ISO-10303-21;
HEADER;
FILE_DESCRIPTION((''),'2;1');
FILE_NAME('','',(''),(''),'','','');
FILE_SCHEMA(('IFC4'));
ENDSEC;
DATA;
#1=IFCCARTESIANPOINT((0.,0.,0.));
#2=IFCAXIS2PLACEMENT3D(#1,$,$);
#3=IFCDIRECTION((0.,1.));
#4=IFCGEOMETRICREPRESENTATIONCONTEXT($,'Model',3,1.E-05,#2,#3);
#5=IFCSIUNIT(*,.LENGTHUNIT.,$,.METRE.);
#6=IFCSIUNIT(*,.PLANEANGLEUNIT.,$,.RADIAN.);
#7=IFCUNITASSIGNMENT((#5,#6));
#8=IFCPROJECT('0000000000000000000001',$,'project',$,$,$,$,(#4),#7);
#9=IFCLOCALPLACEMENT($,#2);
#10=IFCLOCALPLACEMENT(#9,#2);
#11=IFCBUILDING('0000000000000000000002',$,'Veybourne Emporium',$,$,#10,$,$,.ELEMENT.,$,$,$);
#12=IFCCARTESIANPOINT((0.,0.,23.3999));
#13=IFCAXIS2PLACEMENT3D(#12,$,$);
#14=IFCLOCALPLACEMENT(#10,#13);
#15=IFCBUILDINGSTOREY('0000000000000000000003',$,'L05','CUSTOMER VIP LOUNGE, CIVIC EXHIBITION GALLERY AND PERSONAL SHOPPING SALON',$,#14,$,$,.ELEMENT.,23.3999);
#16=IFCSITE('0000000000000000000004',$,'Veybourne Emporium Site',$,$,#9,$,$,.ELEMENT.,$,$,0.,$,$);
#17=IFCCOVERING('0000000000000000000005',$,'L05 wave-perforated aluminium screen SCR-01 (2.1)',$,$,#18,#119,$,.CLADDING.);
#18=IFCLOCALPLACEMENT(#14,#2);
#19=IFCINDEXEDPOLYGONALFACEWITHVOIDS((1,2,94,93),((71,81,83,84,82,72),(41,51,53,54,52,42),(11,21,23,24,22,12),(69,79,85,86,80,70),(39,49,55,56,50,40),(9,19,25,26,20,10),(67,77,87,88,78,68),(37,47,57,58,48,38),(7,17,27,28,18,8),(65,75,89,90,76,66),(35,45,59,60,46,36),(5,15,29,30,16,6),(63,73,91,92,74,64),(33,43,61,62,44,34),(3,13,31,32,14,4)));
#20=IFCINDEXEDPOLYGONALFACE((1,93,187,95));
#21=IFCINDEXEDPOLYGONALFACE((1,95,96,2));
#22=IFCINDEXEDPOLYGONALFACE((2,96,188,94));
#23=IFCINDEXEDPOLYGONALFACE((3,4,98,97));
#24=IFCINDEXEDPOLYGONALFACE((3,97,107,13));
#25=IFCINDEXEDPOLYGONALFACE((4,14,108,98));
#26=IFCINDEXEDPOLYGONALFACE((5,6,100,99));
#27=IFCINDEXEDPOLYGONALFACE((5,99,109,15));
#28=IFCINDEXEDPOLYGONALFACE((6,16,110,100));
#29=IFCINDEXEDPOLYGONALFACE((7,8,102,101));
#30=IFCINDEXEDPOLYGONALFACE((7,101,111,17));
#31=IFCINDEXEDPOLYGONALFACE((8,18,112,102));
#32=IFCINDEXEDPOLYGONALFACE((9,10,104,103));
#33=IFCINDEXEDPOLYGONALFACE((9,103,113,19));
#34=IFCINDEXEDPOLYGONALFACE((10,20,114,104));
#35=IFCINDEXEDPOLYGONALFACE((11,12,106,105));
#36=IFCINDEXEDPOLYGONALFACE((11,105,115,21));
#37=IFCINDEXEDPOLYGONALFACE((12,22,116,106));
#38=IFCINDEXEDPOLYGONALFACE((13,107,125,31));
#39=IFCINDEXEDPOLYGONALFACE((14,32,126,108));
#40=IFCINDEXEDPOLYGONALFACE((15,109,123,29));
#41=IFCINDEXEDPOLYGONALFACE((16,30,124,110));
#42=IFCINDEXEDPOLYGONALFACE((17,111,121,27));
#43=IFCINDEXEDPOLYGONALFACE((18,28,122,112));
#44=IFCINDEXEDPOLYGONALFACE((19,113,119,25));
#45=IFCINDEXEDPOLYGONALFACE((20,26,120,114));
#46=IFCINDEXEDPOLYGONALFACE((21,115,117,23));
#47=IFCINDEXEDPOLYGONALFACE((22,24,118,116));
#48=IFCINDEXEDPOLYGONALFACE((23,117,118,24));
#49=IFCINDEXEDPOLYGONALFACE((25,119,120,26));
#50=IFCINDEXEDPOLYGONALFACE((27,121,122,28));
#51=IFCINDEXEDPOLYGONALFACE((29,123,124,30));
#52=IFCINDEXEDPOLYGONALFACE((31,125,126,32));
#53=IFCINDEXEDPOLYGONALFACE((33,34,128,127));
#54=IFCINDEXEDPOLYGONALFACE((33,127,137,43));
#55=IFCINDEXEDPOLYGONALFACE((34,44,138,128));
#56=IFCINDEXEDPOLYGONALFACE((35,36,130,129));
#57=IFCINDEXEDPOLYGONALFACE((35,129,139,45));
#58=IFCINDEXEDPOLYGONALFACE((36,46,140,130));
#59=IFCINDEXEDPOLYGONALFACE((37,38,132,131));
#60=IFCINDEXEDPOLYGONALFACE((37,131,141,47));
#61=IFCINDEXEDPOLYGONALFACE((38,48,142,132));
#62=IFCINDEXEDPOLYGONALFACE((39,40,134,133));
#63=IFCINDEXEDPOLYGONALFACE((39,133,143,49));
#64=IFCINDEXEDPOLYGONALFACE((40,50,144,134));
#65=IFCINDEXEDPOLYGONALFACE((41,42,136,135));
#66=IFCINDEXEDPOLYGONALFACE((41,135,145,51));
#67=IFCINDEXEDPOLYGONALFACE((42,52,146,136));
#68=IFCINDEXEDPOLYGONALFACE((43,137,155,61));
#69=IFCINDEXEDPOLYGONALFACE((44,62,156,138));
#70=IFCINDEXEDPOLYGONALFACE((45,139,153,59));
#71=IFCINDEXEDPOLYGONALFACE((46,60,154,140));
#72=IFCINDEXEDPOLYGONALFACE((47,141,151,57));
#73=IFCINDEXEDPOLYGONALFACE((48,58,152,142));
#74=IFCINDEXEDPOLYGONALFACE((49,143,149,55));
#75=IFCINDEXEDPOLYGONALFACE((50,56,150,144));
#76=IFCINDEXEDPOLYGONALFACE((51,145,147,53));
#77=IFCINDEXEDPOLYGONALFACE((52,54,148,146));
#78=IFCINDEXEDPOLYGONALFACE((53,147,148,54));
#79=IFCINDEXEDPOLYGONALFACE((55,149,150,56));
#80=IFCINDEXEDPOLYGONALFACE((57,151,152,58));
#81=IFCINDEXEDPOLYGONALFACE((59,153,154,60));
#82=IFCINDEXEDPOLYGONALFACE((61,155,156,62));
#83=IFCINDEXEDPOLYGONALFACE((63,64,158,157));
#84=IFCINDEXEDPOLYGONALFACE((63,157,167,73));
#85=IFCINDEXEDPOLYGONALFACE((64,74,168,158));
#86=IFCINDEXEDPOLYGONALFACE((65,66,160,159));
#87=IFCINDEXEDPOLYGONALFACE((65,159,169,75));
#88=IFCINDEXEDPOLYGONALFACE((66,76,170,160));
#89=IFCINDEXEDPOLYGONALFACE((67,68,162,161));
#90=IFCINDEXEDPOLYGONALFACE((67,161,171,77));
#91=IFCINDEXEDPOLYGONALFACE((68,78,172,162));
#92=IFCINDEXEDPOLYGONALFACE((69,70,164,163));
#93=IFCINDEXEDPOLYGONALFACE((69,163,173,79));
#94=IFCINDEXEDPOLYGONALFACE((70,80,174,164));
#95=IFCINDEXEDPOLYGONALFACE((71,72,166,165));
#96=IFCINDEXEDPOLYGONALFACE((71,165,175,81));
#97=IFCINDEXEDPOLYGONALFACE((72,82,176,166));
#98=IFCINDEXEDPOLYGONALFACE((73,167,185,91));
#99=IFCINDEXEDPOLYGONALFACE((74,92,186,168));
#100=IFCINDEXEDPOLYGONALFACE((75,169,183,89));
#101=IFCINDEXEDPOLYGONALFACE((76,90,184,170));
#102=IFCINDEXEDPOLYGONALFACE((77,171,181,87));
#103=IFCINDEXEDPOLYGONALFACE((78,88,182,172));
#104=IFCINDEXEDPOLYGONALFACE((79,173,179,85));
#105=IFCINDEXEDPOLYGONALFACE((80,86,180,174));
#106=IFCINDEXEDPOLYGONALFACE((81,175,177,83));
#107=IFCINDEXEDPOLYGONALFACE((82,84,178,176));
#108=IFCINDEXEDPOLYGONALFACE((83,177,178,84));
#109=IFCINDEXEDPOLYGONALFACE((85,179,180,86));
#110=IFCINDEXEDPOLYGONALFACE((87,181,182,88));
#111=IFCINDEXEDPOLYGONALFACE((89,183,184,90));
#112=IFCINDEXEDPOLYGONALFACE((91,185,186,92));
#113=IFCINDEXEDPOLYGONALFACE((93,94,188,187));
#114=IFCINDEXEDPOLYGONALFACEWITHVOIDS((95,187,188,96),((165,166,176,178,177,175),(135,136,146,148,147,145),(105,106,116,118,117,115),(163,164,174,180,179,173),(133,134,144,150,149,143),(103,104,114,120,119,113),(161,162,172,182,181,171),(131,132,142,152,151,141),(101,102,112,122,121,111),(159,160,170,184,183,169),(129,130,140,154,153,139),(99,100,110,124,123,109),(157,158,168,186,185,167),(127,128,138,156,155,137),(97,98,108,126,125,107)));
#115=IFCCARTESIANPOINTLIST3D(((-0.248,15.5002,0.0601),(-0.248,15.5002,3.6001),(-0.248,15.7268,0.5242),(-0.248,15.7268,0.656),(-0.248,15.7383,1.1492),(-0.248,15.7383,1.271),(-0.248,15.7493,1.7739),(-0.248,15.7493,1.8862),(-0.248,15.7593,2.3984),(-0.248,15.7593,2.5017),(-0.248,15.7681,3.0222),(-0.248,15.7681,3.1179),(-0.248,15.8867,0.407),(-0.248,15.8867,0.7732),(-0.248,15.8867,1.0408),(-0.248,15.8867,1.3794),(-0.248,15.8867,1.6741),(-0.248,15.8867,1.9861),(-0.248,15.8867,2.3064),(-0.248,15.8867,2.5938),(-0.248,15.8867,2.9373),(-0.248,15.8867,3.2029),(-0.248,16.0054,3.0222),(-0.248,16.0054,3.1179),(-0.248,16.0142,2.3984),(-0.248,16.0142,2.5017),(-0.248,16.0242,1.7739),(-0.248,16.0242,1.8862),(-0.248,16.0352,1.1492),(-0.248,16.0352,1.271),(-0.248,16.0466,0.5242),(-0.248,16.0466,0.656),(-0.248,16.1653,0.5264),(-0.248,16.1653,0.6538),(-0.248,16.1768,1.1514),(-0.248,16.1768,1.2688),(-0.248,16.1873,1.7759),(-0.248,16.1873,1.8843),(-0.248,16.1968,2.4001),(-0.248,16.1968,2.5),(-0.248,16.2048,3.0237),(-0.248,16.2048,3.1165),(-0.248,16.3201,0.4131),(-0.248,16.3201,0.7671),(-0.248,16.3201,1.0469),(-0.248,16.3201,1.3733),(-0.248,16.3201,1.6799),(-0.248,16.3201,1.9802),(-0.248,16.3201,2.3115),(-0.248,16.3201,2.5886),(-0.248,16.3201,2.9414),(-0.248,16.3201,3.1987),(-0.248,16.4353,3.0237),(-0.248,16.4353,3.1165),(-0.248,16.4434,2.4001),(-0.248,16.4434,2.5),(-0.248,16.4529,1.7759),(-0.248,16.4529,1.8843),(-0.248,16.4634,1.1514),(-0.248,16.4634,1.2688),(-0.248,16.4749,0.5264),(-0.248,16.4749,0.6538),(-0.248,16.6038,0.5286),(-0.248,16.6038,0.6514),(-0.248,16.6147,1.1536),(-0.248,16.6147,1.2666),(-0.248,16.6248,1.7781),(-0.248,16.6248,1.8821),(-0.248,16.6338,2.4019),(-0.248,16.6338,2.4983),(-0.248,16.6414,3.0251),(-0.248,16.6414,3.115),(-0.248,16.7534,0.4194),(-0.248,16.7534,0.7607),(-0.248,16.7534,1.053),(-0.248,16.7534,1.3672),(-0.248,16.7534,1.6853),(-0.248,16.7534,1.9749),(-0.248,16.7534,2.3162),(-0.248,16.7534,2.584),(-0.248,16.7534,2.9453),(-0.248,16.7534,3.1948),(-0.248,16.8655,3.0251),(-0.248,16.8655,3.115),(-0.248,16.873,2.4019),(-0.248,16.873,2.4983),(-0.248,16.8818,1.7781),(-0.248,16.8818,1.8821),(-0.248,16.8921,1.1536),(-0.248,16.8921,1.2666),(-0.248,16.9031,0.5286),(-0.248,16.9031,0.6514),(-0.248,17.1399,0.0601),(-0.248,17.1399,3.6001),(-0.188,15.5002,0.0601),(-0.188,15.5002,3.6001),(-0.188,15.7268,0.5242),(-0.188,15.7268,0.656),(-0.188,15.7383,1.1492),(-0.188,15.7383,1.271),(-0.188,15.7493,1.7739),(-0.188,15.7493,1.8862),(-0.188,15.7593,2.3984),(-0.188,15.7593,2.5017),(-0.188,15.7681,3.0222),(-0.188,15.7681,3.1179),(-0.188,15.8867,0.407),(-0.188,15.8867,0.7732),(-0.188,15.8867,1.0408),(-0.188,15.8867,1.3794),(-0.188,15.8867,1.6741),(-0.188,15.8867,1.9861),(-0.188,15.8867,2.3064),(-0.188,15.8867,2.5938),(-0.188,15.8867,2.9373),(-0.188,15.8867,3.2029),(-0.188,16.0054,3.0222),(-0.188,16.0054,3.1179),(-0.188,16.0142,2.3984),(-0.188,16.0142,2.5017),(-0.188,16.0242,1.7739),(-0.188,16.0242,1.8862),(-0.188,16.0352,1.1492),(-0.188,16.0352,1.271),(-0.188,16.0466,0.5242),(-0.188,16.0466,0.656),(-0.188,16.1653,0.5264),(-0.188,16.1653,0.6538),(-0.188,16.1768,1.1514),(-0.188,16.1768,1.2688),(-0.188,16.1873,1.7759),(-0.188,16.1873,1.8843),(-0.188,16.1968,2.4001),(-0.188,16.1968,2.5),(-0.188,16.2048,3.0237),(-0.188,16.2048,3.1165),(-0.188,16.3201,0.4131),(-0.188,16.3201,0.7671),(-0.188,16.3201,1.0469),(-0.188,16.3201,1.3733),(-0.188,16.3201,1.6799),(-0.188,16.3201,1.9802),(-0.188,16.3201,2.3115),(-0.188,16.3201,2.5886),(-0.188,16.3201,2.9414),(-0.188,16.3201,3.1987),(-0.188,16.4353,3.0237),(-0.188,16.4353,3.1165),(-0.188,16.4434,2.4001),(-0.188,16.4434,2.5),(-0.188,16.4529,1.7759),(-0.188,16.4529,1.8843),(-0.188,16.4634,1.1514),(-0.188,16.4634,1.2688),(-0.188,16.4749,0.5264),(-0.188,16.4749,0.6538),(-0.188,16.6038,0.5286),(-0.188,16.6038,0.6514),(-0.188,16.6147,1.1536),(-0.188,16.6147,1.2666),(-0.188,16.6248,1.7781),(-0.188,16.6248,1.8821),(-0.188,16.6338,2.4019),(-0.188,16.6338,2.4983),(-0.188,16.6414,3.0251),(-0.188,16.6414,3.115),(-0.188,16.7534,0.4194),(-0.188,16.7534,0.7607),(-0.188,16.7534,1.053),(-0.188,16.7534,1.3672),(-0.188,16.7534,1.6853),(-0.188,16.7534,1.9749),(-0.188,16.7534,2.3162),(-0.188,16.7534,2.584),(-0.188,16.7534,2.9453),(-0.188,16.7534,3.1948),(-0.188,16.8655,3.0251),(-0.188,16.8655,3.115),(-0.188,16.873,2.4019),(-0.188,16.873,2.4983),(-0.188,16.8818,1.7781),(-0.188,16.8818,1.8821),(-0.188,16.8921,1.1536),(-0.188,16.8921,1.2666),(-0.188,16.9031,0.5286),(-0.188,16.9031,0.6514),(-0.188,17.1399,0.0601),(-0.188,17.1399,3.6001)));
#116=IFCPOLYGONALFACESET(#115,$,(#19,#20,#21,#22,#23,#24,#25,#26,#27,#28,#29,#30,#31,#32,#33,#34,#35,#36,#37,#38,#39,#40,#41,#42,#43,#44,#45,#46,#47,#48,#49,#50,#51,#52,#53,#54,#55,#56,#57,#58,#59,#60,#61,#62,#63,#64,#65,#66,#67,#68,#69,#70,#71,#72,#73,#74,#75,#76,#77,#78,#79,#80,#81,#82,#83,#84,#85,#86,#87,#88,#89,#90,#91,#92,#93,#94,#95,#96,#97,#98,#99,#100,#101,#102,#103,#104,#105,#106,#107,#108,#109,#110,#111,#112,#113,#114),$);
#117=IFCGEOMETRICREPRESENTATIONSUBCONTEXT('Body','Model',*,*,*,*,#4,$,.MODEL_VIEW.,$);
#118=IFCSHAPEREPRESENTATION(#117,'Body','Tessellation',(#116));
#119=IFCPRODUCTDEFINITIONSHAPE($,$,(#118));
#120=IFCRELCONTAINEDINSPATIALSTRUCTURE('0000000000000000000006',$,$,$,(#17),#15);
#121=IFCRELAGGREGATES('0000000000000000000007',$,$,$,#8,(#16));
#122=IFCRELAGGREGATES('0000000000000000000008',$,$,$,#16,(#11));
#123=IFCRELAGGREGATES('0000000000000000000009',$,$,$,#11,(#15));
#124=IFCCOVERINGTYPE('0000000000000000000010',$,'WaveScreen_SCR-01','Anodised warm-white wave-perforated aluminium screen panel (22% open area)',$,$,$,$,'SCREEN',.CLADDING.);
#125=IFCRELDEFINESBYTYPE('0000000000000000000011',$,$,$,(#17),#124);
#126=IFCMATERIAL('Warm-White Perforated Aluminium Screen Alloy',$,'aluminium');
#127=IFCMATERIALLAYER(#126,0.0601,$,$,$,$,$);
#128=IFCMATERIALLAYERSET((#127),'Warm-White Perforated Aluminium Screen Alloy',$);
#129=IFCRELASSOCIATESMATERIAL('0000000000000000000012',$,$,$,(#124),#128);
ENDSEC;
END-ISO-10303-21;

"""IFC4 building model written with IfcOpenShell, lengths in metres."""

from ifc_helpers import new_model, si_unit, direction, frame, origin, place, context, subcontext, project, spatial, polyline, outline, extrude, material, layer, layer_set, type_object, element, save


model = new_model("IFC4")

# Units and contexts
model_context = context("Model", 3, precision=1e-05, world=origin(), true_north=direction((0.0, 1.0)))
body_context = subcontext(model_context, "Body", "Model", "MODEL_VIEW")
ifc_project = project(units=[si_unit("LENGTHUNIT", "METRE"), si_unit("PLANEANGLEUNIT", "RADIAN")], contexts=[model_context])

# Site, building, storey
site_placement = place(None, origin())
site = spatial("IfcSite", under=ifc_project, at=site_placement, Name="Veybourne Emporium Site", CompositionType="ELEMENT", RefElevation=0.0)
building_placement = place(site_placement, origin())
building = spatial("IfcBuilding", under=site, at=building_placement, Name="Veybourne Emporium", CompositionType="ELEMENT")
storey_placement = place(building_placement, frame((0.0, 0.0, 23.3999)))
storey = spatial("IfcBuildingStorey", under=building, at=storey_placement, Name="L05", Description="CUSTOMER VIP LOUNGE, CIVIC EXHIBITION GALLERY AND PERSONAL SHOPPING SALON", CompositionType="ELEMENT", Elevation=23.3999)

# Covering
ifc_material_1 = material(Name="Warm-White Perforated Aluminium Screen Alloy", Category="aluminium")
ifc_layer_1 = layer(ifc_material_1, 0.0601)
ifc_layer_set_1 = layer_set([ifc_layer_1], Name="Warm-White Perforated Aluminium Screen Alloy")
covering_type_1 = type_object("IfcCoveringType", Name="WaveScreen_SCR-01", Description="Anodised warm-white wave-perforated aluminium screen panel (22% open area)", ElementType="SCREEN", PredefinedType="CLADDING", material=ifc_layer_set_1)
covering_1_placement = place(storey_placement, frame((-0.248, 16.3201, 1.8301), z_axis=(1.0, 0.0, 0.0), x_axis=(0.0, 1.0, 0.0)))
element("IfcCovering", 1, at=covering_1_placement, inside=storey, type_object=covering_type_1, Name="L05 wave-perforated aluminium screen SCR-01 (2.1)", PredefinedType="CLADDING", context=body_context, shape_type="SweptSolid", body=[
    extrude(outline(polyline([(-0.8198, -1.77), (0.8198, -1.77), (0.8198, 1.77), (-0.8198, 1.77), (-0.8198, -1.77)]), holes=[polyline([(-0.4333, -1.0569), (-0.2734, -1.1741), (-0.2734, -1.3059), (-0.4333, -1.4231), (-0.5933, -1.3059), (-0.5933, -1.1741), (-0.4333, -1.0569)]), polyline([(-0.4333, -0.4507), (-0.2849, -0.5591), (-0.2849, -0.6809), (-0.4333, -0.7893), (-0.5818, -0.6809), (-0.5818, -0.5591), (-0.4333, -0.4507)]), polyline([(-0.4333, 0.156), (-0.2959, 0.0562), (-0.2959, -0.0562), (-0.4333, -0.156), (-0.5708, -0.0562), (-0.5708, 0.0562), (-0.4333, 0.156)]), polyline([(-0.4333, 0.7637), (-0.3059, 0.6716), (-0.3059, 0.5684), (-0.4333, 0.4763), (-0.5608, 0.5684), (-0.5608, 0.6716), (-0.4333, 0.7637)]), polyline([(-0.4333, 1.3728), (-0.3147, 1.2878), (-0.3147, 1.1921), (-0.4333, 1.1072), (-0.552, 1.1921), (-0.552, 1.2878), (-0.4333, 1.3728)]), polyline([(0.0, -1.063), (0.1548, -1.1763), (0.1548, -1.3037), (0.0, -1.417), (-0.1548, -1.3037), (-0.1548, -1.1763), (0.0, -1.063)]), polyline([(0.0, -0.4568), (0.1433, -0.5613), (0.1433, -0.6787), (0.0, -0.7832), (-0.1433, -0.6787), (-0.1433, -0.5613), (0.0, -0.4568)]), polyline([(0.0, 0.1501), (0.1328, 0.0542), (0.1328, -0.0542), (0.0, -0.1501), (-0.1328, -0.0542), (-0.1328, 0.0542), (0.0, 0.1501)]), polyline([(0.0, 0.7585), (0.1233, 0.6699), (0.1233, 0.5701), (0.0, 0.4814), (-0.1233, 0.5701), (-0.1233, 0.6699), (0.0, 0.7585)]), polyline([(0.0, 1.3687), (0.1152, 1.2864), (0.1152, 1.1936), (0.0, 1.1113), (-0.1152, 1.1936), (-0.1152, 1.2864), (0.0, 1.3687)]), polyline([(0.4333, -1.0693), (0.583, -1.1787), (0.583, -1.3015), (0.4333, -1.4106), (0.2837, -1.3015), (0.2837, -1.1787), (0.4333, -1.0693)]), polyline([(0.4333, -0.4629), (0.572, -0.5635), (0.572, -0.6765), (0.4333, -0.7771), (0.2947, -0.6765), (0.2947, -0.5635), (0.4333, -0.4629)]), polyline([(0.4333, 0.1448), (0.5618, 0.052), (0.5618, -0.052), (0.4333, -0.1448), (0.3047, -0.052), (0.3047, 0.052), (0.4333, 0.1448)]), polyline([(0.4333, 0.7539), (0.553, 0.6682), (0.553, 0.5718), (0.4333, 0.4861), (0.3137, 0.5718), (0.3137, 0.6682), (0.4333, 0.7539)]), polyline([(0.4333, 1.3647), (0.5454, 1.2849), (0.5454, 1.1951), (0.4333, 1.1152), (0.3213, 1.1951), (0.3213, 1.2849), (0.4333, 1.3647)])]), origin(), (0.0, 0.0, 1.0), 0.0601),
])

save(model, "model.ifc")
